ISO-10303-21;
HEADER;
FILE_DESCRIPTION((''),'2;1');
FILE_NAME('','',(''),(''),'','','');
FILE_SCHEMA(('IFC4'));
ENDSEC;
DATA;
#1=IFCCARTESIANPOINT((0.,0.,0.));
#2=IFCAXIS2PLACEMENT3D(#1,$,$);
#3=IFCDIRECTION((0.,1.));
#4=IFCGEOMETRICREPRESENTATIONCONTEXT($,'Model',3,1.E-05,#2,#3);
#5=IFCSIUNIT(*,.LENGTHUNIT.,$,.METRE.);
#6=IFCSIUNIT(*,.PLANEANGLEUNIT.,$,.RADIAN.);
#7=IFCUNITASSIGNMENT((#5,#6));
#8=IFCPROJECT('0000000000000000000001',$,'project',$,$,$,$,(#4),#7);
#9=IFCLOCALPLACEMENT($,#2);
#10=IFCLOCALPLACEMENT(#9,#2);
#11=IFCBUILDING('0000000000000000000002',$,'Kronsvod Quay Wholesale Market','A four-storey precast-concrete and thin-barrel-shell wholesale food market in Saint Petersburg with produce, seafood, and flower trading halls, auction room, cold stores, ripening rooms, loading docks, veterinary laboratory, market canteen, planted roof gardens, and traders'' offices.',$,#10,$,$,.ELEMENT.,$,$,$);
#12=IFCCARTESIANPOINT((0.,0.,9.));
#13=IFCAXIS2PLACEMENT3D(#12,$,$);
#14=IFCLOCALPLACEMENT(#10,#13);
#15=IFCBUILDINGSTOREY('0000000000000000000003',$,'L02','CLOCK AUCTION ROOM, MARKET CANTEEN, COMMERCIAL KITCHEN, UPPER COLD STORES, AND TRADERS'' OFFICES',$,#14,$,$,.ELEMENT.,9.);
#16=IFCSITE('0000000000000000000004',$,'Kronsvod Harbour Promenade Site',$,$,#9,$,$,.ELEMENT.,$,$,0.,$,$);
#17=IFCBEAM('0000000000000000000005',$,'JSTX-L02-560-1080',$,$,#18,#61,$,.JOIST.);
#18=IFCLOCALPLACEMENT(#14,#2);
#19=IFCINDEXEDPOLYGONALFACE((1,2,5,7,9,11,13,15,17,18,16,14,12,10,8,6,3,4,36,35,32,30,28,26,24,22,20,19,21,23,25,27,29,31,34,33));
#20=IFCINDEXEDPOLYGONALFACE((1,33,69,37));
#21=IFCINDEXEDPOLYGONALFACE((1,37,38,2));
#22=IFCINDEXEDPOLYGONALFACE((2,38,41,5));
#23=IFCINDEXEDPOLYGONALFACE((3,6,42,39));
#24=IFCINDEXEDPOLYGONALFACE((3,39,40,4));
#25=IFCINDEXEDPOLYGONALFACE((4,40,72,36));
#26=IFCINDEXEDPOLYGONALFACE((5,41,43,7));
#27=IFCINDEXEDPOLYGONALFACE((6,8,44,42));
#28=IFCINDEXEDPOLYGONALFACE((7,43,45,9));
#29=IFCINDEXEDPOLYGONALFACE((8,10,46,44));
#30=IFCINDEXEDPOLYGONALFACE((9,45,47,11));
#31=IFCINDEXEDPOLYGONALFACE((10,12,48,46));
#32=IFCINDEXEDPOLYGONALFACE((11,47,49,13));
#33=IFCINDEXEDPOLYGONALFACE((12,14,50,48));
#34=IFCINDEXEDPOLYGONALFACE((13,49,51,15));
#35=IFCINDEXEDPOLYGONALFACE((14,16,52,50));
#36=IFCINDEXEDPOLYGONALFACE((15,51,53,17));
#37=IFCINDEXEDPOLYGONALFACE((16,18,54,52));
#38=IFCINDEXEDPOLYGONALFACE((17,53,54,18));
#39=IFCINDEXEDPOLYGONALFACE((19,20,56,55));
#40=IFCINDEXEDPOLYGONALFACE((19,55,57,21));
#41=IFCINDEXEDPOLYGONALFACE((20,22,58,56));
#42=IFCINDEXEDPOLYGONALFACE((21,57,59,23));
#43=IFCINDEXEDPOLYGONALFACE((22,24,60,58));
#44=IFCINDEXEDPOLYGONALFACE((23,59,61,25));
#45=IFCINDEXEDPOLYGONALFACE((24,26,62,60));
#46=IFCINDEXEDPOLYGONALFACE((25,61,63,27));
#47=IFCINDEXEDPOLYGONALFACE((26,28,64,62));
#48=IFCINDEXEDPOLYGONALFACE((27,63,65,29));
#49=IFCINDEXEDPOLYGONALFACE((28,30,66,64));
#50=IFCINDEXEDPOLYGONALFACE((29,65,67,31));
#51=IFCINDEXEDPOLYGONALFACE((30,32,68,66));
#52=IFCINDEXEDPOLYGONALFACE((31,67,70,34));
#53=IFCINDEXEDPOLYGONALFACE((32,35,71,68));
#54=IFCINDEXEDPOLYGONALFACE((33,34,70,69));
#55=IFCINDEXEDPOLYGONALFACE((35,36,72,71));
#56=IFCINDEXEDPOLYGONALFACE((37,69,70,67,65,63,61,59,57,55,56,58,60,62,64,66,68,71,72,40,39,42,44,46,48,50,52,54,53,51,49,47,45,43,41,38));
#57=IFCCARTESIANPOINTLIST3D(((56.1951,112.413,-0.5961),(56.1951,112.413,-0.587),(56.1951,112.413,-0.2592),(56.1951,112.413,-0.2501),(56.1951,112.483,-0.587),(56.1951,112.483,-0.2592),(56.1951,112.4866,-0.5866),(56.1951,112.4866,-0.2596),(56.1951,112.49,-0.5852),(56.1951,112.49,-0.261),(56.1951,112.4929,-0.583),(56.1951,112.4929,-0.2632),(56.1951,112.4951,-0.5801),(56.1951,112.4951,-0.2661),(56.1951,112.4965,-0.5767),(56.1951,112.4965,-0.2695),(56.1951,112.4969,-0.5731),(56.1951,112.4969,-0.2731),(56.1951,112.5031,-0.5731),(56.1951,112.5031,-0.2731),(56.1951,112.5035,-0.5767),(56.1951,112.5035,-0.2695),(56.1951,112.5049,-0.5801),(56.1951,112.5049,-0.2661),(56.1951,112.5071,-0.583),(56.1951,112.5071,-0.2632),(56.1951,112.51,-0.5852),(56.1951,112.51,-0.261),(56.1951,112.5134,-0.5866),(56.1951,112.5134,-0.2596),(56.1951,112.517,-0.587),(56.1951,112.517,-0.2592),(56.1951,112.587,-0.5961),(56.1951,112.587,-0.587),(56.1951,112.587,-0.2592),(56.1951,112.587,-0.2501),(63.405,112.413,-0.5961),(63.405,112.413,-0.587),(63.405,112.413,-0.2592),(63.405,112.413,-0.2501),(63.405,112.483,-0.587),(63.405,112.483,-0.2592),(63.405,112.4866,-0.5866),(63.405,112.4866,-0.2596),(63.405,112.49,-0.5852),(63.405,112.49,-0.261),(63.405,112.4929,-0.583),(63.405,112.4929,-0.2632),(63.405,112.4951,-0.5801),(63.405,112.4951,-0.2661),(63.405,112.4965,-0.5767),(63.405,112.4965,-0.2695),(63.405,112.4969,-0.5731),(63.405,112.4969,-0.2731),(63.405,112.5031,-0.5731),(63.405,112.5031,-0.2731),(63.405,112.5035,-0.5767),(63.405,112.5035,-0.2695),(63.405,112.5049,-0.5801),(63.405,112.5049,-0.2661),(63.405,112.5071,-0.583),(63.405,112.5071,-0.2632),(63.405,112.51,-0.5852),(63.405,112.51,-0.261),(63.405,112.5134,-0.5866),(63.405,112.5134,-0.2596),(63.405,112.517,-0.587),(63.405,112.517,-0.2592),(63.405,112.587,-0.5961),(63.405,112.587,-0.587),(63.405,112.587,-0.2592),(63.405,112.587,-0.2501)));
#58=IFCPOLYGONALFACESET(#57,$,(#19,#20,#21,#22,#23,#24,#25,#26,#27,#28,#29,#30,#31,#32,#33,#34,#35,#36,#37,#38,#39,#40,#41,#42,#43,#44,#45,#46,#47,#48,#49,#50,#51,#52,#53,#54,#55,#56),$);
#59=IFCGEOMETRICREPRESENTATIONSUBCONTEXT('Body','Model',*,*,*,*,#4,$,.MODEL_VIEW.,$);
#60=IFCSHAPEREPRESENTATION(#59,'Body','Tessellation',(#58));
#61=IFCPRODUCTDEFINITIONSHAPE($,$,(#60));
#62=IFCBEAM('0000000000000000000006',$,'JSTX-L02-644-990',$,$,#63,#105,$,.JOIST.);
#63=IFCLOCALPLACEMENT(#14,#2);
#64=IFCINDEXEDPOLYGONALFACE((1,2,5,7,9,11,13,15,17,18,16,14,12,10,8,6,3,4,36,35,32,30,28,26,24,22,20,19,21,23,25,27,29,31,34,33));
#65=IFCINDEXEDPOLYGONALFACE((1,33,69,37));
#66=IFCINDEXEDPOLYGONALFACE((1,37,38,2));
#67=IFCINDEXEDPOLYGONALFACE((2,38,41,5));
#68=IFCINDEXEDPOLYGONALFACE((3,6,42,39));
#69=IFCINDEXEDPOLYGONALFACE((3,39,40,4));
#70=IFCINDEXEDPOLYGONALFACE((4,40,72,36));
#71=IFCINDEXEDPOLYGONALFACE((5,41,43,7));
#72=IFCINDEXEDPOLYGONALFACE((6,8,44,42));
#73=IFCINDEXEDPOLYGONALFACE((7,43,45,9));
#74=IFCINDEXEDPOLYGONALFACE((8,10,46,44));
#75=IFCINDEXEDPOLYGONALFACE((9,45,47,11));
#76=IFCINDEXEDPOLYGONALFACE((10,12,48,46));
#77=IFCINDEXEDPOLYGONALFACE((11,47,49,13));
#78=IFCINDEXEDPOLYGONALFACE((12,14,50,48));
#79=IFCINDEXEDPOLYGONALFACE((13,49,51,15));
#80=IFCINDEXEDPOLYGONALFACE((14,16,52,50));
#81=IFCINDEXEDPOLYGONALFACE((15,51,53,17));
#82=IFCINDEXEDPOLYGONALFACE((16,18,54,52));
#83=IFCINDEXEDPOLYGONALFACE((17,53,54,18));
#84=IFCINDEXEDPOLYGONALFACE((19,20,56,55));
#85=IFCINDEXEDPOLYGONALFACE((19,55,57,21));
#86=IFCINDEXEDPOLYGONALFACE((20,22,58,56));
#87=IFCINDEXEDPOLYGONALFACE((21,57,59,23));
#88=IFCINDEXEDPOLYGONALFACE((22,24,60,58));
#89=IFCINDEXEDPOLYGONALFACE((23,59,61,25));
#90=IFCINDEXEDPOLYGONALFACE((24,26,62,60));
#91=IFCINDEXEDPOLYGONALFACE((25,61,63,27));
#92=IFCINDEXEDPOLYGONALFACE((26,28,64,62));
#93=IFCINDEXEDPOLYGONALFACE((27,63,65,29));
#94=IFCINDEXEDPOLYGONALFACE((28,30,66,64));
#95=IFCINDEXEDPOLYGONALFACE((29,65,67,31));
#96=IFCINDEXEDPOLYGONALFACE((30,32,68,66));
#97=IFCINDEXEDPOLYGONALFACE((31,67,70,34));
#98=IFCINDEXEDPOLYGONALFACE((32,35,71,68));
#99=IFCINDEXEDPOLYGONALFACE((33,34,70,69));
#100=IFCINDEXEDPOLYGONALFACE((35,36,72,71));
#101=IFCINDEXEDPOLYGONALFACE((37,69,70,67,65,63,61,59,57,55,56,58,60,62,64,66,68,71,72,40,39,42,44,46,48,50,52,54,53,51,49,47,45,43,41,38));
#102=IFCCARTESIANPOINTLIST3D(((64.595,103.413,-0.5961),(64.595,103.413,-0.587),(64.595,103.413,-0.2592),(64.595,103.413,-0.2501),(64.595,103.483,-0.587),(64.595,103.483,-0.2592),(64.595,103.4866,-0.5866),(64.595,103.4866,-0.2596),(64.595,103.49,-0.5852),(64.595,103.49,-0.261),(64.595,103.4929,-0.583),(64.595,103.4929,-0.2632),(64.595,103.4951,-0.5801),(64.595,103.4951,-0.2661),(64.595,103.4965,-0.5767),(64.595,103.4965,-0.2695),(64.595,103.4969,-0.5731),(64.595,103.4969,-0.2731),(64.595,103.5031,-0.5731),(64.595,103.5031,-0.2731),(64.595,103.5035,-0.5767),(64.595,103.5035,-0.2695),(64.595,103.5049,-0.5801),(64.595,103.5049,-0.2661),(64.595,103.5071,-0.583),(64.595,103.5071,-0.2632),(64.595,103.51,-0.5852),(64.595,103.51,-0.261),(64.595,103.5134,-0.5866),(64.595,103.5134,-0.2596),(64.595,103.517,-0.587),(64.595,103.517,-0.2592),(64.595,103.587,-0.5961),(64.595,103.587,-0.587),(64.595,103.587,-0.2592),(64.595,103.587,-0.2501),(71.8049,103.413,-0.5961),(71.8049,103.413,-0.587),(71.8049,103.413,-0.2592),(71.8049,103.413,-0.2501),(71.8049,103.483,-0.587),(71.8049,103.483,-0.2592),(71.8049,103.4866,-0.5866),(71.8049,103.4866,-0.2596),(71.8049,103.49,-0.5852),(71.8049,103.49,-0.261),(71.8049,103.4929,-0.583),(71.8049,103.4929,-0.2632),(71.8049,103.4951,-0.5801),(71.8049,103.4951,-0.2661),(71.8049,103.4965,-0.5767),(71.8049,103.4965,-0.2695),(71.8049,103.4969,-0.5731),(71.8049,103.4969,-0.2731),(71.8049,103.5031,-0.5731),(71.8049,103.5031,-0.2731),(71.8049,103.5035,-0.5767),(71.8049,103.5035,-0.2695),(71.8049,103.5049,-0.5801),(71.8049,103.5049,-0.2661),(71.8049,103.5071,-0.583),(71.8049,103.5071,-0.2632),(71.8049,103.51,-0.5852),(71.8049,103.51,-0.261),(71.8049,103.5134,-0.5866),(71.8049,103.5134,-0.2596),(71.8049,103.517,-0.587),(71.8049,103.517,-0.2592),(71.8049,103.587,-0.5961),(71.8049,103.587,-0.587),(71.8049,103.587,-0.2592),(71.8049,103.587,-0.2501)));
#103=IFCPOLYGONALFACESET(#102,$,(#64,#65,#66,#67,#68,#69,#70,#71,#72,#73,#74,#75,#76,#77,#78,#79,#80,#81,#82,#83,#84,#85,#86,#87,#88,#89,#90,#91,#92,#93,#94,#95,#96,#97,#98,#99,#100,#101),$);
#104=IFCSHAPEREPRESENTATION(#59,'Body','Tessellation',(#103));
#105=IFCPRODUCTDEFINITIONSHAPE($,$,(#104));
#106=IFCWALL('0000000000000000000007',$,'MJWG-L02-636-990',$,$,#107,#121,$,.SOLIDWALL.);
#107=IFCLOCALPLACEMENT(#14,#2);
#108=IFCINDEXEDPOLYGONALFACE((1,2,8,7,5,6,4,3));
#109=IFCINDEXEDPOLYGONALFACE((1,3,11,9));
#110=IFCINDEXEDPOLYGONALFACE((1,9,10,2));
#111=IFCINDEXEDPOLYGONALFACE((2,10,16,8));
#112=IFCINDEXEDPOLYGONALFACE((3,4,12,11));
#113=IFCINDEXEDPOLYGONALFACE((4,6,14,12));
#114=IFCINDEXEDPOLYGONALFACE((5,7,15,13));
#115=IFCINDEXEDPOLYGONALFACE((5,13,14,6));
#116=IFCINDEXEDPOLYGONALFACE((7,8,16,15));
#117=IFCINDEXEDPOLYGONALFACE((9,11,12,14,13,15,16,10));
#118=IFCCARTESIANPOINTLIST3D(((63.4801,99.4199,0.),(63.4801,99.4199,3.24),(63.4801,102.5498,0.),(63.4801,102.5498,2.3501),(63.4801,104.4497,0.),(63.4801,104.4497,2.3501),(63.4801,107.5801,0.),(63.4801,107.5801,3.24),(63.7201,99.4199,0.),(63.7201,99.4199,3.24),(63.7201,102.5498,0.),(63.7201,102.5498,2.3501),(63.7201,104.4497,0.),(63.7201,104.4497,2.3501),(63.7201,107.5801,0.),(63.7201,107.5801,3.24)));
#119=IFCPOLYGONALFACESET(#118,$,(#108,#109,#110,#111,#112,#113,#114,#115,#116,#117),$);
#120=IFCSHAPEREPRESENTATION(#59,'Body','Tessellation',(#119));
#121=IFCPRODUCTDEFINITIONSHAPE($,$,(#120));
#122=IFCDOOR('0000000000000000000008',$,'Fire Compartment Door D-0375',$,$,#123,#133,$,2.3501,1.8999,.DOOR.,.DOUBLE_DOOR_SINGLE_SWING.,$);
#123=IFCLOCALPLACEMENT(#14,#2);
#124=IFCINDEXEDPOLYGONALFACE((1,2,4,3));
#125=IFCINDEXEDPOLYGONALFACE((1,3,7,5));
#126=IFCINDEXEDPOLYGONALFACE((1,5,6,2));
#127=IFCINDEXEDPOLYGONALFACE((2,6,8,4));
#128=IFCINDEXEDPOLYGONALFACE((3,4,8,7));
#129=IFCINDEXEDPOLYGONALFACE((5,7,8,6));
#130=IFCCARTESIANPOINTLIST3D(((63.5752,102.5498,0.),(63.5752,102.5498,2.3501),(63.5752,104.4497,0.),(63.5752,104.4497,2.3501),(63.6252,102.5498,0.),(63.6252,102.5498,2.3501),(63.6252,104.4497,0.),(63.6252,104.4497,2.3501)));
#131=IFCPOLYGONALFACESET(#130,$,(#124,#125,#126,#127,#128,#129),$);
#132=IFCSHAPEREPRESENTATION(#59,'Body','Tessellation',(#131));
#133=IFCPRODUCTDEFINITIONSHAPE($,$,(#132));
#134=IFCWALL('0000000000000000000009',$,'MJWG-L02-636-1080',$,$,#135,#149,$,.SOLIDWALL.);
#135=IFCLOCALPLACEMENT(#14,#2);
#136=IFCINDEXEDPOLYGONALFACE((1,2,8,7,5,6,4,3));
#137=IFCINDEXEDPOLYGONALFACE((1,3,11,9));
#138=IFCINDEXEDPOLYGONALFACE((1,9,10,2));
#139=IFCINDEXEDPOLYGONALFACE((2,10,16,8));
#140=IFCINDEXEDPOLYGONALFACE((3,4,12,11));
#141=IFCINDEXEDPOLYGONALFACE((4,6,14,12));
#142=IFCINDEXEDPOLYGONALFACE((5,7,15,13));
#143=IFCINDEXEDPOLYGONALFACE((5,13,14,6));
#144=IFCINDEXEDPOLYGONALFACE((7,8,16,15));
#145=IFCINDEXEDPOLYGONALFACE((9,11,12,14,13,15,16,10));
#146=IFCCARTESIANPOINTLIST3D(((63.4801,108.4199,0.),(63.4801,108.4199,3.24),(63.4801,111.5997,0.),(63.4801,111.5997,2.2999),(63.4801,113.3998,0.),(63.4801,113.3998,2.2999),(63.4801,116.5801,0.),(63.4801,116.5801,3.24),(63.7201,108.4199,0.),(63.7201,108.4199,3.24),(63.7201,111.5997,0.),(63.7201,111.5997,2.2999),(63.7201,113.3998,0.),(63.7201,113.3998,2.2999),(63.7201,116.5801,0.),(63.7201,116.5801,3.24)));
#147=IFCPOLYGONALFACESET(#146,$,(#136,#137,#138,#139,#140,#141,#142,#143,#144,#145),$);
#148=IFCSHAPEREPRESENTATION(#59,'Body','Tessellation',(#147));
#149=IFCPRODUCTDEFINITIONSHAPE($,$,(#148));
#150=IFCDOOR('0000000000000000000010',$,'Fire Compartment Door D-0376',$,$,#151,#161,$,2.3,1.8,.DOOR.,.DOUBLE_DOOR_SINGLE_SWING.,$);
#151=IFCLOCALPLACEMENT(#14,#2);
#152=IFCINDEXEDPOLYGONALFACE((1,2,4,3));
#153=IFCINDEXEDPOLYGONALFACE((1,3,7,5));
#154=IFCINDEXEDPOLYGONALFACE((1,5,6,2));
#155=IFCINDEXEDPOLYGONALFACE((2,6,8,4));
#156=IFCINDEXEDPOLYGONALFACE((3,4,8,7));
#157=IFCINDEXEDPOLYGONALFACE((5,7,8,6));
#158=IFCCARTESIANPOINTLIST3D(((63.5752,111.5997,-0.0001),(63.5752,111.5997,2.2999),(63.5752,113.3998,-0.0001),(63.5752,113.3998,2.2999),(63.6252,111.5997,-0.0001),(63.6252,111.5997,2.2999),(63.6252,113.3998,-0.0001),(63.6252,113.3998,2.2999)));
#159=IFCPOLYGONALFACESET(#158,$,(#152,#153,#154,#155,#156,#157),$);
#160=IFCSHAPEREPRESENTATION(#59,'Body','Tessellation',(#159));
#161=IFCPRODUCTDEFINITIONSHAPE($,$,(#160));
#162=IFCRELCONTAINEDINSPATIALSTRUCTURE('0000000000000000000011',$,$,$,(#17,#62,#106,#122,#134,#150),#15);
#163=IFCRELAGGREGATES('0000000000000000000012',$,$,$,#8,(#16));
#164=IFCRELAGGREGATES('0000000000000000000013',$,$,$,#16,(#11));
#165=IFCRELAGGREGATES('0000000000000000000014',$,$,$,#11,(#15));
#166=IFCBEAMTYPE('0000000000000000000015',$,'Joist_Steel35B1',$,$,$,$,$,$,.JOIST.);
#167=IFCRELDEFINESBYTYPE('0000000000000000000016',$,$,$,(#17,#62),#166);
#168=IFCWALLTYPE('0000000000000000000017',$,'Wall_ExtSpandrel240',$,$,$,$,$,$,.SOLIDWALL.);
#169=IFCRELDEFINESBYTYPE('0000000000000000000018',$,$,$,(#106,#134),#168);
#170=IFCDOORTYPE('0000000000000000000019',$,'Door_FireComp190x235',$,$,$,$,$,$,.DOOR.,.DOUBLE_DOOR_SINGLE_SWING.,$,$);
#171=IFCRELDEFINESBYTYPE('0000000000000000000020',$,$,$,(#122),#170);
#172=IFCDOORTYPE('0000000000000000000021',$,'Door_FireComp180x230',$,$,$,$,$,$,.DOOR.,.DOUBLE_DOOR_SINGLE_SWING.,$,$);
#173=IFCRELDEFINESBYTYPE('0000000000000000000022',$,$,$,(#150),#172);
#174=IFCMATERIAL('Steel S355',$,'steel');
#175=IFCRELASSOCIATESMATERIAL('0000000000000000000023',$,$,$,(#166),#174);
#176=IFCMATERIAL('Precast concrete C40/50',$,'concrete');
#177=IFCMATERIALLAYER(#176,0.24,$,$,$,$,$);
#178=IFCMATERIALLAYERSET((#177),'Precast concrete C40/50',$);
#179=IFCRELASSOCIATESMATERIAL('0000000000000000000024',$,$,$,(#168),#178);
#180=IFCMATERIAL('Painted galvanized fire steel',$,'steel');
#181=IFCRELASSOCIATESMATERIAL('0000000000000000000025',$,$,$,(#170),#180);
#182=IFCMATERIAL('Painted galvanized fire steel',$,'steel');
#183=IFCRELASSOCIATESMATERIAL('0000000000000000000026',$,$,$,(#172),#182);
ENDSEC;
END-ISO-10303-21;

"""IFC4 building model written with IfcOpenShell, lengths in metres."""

from ifc_helpers import new_model, si_unit, direction, frame, frame_2d, origin, origin_2d, place, context, subcontext, project, spatial, rectangle, i_section, extrude, material, layer, layer_set, material_profile, profile_set, type_object, element, fill, save


model = new_model("IFC4")

# Units and contexts
model_context = context("Model", 3, precision=1e-05, world=origin(), true_north=direction((0.0, 1.0)))
body_context = subcontext(model_context, "Body", "Model", "MODEL_VIEW")
ifc_project = project(units=[si_unit("LENGTHUNIT", "METRE"), si_unit("PLANEANGLEUNIT", "RADIAN")], contexts=[model_context])

# Site, building, storey
site_placement = place(None, origin())
site = spatial("IfcSite", under=ifc_project, at=site_placement, Name="Kronsvod Harbour Promenade Site", CompositionType="ELEMENT", RefElevation=0.0)
building_placement = place(site_placement, origin())
building = spatial("IfcBuilding", under=site, at=building_placement, Name="Kronsvod Quay Wholesale Market", Description="A four-storey precast-concrete and thin-barrel-shell wholesale food market in Saint Petersburg with produce, seafood, and flower trading halls, auction room, cold stores, ripening rooms, loading docks, veterinary laboratory, market canteen, planted roof gardens, and traders' offices.", CompositionType="ELEMENT")
storey_placement = place(building_placement, frame((0.0, 0.0, 9.0)))
storey = spatial("IfcBuildingStorey", under=building, at=storey_placement, Name="L02", Description="CLOCK AUCTION ROOM, MARKET CANTEEN, COMMERCIAL KITCHEN, UPPER COLD STORES, AND TRADERS' OFFICES", CompositionType="ELEMENT", Elevation=9.0)

# Beams
ifc_material_1 = material(Name="Steel S355", Category="steel")
ifc_material_profile_1 = material_profile(ifc_material_1, i_section(OverallWidth=0.1741, OverallDepth=0.3459, WebThickness=0.0061, FlangeThickness=0.009, FilletRadius=0.0139, at=origin_2d()), Name="35B1")
ifc_profile_set_1 = profile_set([ifc_material_profile_1], Name="Steel S355")
beam_type_1 = type_object("IfcBeamType", Name="Joist_Steel35B1", PredefinedType="JOIST", material=ifc_profile_set_1)
for number, where, z_axis, x_axis, name in (
    (1, (56.1951, 112.5, -0.4231), (1.0, 0.0, 0.0), (0.0, 1.0, 0.0), "JSTX-L02-560-1080"),
    (2, (64.595, 103.5, -0.4231), (1.0, 0.0, 0.0), (0.0, 1.0, 0.0), "JSTX-L02-644-990"),
):
    element("IfcBeam", number, at=place(storey_placement, frame(where, z_axis=z_axis, x_axis=x_axis)), inside=storey, type_object=beam_type_1, Name=name, PredefinedType="JOIST", context=body_context, shape_type="SweptSolid", body=[
        extrude(i_section(OverallWidth=0.1741, OverallDepth=0.3459, WebThickness=0.0061, FlangeThickness=0.009, FilletRadius=0.0139, at=origin_2d()), origin(), (0.0, 0.0, 1.0), 7.21),
    ])

# Walls, openings, doors
ifc_material_2 = material(Name="Precast concrete C40/50", Category="concrete")
ifc_layer_1 = layer(ifc_material_2, 0.24)
ifc_layer_set_1 = layer_set([ifc_layer_1], Name="Precast concrete C40/50")
wall_type_1 = type_object("IfcWallType", Name="Wall_ExtSpandrel240", PredefinedType="SOLIDWALL", material=ifc_layer_set_1)
wall_1_placement = place(storey_placement, frame((63.6001, 99.4199, 0.0), z_axis=(0.0, 0.0, 1.0), x_axis=(0.0, 1.0, 0.0)))
wall_1 = element("IfcWall", 3, at=wall_1_placement, inside=storey, type_object=wall_type_1, Name="MJWG-L02-636-990", PredefinedType="SOLIDWALL", context=body_context, shape_type="SweptSolid", body=[
    extrude(rectangle(XDim=8.1602, YDim=0.24, at=frame_2d((4.0801, 0.0))), origin(), (0.0, 0.0, 1.0), 3.24),
])
opening_1_placement = place(wall_1_placement, frame((3.1299, 0.0, 0.0)))
opening_1 = element("IfcOpeningElement", 4, at=opening_1_placement, cuts=wall_1, PredefinedType="OPENING", context=body_context, shape_type="SweptSolid", body=[
    extrude(rectangle(XDim=1.8999, YDim=2.3501, at=frame_2d((0.95, 1.175))), frame((0.0, 0.1299, 0.0), z_axis=(0.0, -1.0, 0.0), x_axis=(1.0, 0.0, 0.0)), (0.0, 0.0, 1.0), 0.26),
])
ifc_material_3 = material(Name="Painted galvanized fire steel", Category="steel")
door_type_1 = type_object("IfcDoorType", Name="Door_FireComp190x235", OperationType="DOUBLE_DOOR_SINGLE_SWING", PredefinedType="DOOR", material=ifc_material_3)
door_1_placement = place(opening_1_placement, origin())
door_1 = element("IfcDoor", 5, at=door_1_placement, inside=storey, type_object=door_type_1, Name="Fire Compartment Door D-0375", OperationType="DOUBLE_DOOR_SINGLE_SWING", OverallHeight=2.3501, OverallWidth=1.8999, PredefinedType="DOOR", context=body_context, shape_type="SweptSolid", body=[
    extrude(rectangle(XDim=1.8999, YDim=2.3501, at=frame_2d((0.95, 1.175))), frame((0.0, 0.0249, 0.0), z_axis=(0.0, -1.0, 0.0), x_axis=(1.0, 0.0, 0.0)), (0.0, 0.0, 1.0), 0.05),
])
fill(opening_1, door_1)
wall_2_placement = place(storey_placement, frame((63.6001, 108.4199, 0.0), z_axis=(0.0, 0.0, 1.0), x_axis=(0.0, 1.0, 0.0)))
wall_2 = element("IfcWall", 6, at=wall_2_placement, inside=storey, type_object=wall_type_1, Name="MJWG-L02-636-1080", PredefinedType="SOLIDWALL", context=body_context, shape_type="SweptSolid", body=[
    extrude(rectangle(XDim=8.1602, YDim=0.24, at=frame_2d((4.0801, 0.0))), origin(), (0.0, 0.0, 1.0), 3.24),
])
opening_2_placement = place(wall_2_placement, frame((3.1799, 0.0, 0.0)))
opening_2 = element("IfcOpeningElement", 7, at=opening_2_placement, cuts=wall_2, PredefinedType="OPENING", context=body_context, shape_type="SweptSolid", body=[
    extrude(rectangle(XDim=1.8, YDim=2.3, at=frame_2d((0.8999, 1.1499))), frame((0.0, 0.1299, 0.0), z_axis=(0.0, -1.0, 0.0), x_axis=(1.0, 0.0, 0.0)), (0.0, 0.0, 1.0), 0.26),
])
ifc_material_4 = material(Name="Painted galvanized fire steel", Category="steel")
door_type_2 = type_object("IfcDoorType", Name="Door_FireComp180x230", OperationType="DOUBLE_DOOR_SINGLE_SWING", PredefinedType="DOOR", material=ifc_material_4)
door_2_placement = place(opening_2_placement, origin())
door_2 = element("IfcDoor", 8, at=door_2_placement, inside=storey, type_object=door_type_2, Name="Fire Compartment Door D-0376", OperationType="DOUBLE_DOOR_SINGLE_SWING", OverallHeight=2.3, OverallWidth=1.8, PredefinedType="DOOR", context=body_context, shape_type="SweptSolid", body=[
    extrude(rectangle(XDim=1.8, YDim=2.3, at=frame_2d((0.8999, 1.1499))), frame((0.0, 0.0249, 0.0), z_axis=(0.0, -1.0, 0.0), x_axis=(1.0, 0.0, 0.0)), (0.0, 0.0, 1.0), 0.05),
])
fill(opening_2, door_2)

save(model, "model.ifc")
